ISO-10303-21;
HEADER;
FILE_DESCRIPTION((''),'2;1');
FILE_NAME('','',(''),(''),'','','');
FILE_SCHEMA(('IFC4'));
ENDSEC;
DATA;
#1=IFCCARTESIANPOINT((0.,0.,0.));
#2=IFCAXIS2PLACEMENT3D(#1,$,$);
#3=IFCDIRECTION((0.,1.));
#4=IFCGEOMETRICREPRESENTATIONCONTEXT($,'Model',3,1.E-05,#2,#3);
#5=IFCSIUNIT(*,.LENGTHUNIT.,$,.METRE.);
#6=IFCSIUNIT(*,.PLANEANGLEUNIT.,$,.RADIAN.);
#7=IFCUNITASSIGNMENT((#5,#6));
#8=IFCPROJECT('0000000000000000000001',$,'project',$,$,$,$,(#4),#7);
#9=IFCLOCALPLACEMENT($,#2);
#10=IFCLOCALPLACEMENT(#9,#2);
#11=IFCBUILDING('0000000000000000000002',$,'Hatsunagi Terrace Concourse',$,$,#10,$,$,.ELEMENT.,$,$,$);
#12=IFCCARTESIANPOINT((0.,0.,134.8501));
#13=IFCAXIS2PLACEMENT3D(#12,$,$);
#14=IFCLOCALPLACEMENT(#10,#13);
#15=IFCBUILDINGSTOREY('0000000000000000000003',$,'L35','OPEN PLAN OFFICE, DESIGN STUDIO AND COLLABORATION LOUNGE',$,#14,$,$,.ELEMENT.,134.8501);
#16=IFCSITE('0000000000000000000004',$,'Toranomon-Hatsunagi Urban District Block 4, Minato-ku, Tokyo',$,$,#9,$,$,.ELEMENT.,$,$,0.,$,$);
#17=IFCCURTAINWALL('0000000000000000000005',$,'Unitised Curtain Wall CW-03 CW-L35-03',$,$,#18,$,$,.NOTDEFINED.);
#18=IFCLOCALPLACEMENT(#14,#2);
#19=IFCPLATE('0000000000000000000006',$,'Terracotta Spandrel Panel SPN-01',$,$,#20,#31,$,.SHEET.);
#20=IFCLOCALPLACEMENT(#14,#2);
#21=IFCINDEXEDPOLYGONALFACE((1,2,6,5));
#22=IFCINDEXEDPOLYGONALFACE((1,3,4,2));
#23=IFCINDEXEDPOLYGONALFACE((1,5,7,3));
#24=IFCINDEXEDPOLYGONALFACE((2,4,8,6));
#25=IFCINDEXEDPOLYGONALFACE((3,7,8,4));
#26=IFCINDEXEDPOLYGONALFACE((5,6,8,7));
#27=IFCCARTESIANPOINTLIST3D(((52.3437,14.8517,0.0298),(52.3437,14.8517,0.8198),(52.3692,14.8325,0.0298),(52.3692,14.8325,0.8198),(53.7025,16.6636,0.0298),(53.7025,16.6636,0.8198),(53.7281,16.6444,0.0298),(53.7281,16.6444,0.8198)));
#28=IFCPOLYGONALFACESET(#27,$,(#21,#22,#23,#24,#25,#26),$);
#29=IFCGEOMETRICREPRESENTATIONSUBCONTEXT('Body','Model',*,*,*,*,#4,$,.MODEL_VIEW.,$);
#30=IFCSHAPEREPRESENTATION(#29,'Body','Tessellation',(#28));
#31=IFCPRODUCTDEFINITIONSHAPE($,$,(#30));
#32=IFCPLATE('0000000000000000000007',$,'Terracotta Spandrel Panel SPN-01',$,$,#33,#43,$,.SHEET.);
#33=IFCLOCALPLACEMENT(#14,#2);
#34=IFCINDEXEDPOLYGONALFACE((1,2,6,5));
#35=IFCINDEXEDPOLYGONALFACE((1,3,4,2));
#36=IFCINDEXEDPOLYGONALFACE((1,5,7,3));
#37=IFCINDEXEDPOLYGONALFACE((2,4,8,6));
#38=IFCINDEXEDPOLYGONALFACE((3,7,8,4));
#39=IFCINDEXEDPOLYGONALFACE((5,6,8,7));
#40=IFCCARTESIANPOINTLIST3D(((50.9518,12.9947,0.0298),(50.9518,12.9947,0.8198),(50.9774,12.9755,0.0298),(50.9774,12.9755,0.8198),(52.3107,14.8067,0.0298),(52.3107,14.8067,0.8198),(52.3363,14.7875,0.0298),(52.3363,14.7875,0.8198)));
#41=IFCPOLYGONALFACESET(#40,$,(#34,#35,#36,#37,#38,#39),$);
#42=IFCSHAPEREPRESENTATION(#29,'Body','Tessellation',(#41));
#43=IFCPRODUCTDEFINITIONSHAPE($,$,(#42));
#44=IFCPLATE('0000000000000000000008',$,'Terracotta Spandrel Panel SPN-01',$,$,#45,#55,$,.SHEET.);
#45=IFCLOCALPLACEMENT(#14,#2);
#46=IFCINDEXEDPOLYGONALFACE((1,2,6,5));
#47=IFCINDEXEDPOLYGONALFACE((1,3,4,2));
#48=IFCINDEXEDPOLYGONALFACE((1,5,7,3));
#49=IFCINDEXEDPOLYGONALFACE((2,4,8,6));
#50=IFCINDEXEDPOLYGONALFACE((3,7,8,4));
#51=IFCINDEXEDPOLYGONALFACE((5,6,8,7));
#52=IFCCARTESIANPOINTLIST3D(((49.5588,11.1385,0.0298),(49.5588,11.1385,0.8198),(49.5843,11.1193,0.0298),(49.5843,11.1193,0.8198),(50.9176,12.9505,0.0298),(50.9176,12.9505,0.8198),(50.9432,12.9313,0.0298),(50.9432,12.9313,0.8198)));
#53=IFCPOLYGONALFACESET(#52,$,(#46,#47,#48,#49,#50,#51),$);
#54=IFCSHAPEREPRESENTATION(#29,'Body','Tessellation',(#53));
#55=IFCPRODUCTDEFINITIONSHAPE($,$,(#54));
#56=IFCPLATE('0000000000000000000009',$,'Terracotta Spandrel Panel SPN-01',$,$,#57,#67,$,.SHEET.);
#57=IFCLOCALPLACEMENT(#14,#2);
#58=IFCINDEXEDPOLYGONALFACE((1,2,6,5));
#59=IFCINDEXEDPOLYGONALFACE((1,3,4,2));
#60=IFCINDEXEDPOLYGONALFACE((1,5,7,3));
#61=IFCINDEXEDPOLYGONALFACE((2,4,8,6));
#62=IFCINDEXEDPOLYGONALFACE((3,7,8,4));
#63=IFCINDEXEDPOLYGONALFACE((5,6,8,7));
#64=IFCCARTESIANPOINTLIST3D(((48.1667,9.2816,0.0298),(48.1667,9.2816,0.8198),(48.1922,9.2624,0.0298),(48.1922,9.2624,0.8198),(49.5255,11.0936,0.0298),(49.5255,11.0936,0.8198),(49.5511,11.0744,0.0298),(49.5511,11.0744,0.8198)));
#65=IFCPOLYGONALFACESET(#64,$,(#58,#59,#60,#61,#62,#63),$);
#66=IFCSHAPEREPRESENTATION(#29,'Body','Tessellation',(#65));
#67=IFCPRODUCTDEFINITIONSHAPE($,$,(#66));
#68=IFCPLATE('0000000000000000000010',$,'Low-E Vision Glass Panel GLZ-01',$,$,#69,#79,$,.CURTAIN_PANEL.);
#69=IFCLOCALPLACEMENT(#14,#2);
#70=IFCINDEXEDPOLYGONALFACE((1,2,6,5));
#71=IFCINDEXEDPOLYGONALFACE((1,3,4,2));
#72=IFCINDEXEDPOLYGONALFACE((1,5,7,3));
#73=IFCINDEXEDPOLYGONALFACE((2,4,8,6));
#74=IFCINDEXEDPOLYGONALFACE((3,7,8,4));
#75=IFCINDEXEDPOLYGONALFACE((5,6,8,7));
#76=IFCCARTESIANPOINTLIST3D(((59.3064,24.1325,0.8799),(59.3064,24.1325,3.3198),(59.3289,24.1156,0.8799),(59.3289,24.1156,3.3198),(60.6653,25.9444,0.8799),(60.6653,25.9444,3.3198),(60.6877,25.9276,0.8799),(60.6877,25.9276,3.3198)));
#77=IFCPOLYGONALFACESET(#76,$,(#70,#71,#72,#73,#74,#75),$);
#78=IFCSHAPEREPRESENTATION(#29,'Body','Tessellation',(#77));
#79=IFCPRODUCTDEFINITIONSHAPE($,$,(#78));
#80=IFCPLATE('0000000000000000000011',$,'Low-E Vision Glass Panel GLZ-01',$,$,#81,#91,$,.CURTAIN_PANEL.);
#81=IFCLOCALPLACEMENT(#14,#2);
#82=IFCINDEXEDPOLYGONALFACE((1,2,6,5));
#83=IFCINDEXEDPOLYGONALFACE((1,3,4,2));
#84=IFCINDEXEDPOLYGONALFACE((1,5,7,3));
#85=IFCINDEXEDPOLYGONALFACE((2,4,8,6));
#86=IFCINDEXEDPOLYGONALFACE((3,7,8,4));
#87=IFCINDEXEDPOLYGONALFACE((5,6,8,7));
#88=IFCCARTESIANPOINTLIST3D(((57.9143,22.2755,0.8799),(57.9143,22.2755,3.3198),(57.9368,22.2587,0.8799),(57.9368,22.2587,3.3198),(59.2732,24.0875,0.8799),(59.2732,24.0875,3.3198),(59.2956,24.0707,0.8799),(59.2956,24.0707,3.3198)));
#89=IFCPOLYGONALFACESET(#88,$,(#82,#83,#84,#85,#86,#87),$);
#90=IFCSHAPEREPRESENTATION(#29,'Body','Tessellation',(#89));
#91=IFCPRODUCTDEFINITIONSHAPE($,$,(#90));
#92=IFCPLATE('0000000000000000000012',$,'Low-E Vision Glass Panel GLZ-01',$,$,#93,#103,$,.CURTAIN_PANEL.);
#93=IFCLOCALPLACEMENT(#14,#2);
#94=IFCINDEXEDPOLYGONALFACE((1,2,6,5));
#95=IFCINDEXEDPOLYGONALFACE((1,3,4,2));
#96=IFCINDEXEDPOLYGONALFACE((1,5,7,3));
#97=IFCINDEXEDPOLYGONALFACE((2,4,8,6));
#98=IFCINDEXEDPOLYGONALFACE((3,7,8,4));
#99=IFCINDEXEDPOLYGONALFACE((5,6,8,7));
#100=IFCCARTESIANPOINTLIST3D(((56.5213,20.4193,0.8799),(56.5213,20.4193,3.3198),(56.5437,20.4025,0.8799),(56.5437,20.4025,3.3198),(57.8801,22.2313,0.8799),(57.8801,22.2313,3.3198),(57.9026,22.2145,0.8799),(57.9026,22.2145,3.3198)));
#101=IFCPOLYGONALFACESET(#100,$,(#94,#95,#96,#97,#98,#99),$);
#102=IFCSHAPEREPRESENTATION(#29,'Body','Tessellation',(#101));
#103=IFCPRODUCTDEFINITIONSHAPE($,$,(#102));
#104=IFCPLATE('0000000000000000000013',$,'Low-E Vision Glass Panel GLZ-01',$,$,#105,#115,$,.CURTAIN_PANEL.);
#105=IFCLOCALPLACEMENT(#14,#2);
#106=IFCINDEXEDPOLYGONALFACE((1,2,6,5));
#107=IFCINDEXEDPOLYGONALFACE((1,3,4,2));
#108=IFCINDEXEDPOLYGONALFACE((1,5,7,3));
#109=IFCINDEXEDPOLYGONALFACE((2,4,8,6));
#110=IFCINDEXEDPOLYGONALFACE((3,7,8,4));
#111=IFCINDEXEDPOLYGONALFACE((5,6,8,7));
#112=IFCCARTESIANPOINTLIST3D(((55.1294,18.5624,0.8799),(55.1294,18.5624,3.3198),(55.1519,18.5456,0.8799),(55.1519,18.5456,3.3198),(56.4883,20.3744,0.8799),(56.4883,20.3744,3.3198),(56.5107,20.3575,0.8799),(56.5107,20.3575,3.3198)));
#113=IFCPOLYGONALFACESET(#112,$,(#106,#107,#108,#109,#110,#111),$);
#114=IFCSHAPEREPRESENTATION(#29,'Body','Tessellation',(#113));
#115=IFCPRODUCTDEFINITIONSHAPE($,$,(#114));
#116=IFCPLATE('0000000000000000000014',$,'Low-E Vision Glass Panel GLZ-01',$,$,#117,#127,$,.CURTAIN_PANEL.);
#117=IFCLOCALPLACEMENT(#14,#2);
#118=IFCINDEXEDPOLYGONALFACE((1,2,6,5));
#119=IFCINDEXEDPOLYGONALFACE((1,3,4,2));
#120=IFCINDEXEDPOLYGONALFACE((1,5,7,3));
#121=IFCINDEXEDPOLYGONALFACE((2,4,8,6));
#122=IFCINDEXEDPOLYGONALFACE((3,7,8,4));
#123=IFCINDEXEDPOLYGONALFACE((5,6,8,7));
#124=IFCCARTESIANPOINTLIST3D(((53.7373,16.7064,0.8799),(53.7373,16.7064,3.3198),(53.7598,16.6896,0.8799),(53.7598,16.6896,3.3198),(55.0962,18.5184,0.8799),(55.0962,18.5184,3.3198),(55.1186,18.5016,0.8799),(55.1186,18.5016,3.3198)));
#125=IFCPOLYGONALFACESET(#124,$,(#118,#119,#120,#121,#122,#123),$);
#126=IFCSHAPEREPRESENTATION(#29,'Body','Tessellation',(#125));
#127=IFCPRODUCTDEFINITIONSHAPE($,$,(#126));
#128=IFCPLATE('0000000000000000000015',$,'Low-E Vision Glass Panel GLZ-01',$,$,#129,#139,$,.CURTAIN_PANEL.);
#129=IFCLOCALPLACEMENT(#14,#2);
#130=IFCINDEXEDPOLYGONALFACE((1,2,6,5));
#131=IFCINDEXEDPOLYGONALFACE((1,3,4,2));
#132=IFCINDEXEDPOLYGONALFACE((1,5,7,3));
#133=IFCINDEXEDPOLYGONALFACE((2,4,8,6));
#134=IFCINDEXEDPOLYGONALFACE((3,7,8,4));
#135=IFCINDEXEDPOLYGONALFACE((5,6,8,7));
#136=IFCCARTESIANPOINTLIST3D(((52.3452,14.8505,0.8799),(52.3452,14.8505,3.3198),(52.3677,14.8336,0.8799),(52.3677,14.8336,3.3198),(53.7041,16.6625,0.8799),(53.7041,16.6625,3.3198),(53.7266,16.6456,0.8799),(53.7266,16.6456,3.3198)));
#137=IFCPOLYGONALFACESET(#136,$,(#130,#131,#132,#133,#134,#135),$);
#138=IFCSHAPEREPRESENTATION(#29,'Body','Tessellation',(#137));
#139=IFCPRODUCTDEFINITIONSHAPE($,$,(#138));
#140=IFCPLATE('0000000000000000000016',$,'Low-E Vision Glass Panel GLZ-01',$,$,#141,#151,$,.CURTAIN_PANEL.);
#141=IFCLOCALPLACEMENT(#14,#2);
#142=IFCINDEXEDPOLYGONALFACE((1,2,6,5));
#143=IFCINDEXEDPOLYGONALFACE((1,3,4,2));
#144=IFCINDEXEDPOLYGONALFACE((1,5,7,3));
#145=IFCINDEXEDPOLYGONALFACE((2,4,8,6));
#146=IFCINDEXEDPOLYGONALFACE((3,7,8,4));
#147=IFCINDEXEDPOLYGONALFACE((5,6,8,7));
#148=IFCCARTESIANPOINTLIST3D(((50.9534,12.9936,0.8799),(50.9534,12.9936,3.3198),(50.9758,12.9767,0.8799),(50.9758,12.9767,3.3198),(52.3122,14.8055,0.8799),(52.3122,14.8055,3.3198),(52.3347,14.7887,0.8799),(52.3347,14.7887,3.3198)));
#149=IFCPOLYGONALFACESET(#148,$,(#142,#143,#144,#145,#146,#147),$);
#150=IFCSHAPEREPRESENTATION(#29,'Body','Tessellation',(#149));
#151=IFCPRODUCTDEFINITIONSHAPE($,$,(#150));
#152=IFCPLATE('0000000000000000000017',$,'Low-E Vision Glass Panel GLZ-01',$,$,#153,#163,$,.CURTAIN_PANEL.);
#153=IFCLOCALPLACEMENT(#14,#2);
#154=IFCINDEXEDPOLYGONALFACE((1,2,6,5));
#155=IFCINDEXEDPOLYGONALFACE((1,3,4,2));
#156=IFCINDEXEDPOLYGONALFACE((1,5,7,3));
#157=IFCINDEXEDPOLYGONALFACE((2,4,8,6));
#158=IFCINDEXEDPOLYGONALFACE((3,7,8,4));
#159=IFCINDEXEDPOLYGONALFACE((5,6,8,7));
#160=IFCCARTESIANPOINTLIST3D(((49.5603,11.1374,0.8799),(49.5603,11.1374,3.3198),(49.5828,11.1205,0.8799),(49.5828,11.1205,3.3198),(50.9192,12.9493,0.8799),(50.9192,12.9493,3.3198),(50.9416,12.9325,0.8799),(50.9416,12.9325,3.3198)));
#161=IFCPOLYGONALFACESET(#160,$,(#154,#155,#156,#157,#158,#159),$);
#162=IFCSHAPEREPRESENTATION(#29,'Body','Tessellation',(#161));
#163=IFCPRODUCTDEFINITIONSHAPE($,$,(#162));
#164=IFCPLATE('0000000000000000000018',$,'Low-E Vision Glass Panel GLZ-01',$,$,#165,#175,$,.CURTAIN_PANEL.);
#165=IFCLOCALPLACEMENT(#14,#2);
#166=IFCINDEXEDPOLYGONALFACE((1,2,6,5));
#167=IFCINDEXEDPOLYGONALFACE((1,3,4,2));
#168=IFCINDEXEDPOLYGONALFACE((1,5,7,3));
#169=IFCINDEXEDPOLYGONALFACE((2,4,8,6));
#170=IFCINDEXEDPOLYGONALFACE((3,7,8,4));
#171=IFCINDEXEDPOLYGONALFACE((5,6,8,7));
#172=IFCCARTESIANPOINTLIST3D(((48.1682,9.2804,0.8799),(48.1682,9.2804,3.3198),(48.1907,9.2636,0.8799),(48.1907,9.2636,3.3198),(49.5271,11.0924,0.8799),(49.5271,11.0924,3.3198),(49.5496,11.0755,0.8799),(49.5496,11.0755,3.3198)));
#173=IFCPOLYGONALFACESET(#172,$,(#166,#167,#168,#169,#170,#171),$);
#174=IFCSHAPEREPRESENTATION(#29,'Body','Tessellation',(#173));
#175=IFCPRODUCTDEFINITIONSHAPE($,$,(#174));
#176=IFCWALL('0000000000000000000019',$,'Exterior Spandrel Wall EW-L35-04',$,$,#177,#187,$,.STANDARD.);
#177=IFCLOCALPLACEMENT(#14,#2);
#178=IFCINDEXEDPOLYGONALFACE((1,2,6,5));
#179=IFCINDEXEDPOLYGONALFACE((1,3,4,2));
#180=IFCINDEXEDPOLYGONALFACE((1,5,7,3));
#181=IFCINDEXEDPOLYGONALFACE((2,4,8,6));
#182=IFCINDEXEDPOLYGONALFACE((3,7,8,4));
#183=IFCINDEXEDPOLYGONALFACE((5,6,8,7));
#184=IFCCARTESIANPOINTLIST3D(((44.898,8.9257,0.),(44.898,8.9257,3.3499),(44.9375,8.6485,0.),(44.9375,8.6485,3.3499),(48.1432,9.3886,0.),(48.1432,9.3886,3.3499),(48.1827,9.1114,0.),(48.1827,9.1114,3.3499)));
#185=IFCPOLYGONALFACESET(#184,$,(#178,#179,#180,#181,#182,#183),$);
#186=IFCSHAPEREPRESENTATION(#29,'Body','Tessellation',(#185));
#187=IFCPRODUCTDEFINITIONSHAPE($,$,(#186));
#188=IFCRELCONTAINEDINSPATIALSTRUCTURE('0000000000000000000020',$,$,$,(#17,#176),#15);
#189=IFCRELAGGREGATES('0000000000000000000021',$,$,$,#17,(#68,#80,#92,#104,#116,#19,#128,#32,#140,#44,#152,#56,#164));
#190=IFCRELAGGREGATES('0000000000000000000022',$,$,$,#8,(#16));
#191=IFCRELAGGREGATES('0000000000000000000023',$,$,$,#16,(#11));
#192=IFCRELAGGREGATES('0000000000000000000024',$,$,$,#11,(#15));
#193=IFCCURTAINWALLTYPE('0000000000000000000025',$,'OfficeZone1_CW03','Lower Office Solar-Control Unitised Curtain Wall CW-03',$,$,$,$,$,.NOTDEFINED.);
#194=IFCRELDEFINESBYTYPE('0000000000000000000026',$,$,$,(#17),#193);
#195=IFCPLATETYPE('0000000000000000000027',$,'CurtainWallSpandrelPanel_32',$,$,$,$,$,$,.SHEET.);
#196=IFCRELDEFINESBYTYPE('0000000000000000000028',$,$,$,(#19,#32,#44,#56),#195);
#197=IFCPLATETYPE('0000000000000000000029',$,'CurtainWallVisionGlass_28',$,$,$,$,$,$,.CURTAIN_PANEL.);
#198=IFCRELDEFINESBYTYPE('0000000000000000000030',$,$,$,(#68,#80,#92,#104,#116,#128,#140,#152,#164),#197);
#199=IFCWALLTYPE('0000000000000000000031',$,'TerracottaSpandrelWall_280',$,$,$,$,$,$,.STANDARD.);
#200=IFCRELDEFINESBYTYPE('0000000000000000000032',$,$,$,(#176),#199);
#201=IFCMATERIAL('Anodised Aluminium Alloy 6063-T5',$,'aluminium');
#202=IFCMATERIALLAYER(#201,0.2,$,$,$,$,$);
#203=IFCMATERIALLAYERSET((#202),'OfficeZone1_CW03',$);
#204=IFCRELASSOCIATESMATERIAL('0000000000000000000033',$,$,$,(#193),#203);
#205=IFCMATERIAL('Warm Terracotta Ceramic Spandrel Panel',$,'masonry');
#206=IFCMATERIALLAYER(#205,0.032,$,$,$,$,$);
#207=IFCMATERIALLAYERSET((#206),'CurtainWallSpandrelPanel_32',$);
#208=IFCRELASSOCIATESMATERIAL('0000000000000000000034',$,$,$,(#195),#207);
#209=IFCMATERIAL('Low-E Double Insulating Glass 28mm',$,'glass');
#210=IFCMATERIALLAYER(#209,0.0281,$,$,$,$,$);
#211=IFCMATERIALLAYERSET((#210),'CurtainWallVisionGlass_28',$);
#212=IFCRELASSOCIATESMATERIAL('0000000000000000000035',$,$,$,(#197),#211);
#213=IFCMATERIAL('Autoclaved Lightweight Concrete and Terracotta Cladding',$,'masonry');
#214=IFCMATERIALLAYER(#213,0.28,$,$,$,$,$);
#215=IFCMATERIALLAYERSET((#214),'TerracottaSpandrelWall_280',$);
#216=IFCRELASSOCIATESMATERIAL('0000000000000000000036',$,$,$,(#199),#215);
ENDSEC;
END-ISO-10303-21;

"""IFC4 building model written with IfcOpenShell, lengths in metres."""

from ifc_helpers import new_model, si_unit, direction, frame, frame_2d, origin, origin_2d, place, context, subcontext, project, spatial, rectangle, extrude, material, layer, layer_set, type_object, element, aggregate, save


model = new_model("IFC4")

# Units and contexts
model_context = context("Model", 3, precision=1e-05, world=origin(), true_north=direction((0.0, 1.0)))
body_context = subcontext(model_context, "Body", "Model", "MODEL_VIEW")
ifc_project = project(units=[si_unit("LENGTHUNIT", "METRE"), si_unit("PLANEANGLEUNIT", "RADIAN")], contexts=[model_context])

# Site, building, storey
site_placement = place(None, origin())
site = spatial("IfcSite", under=ifc_project, at=site_placement, Name="Toranomon-Hatsunagi Urban District Block 4, Minato-ku, Tokyo", CompositionType="ELEMENT", RefElevation=0.0)
building_placement = place(site_placement, origin())
building = spatial("IfcBuilding", under=site, at=building_placement, Name="Hatsunagi Terrace Concourse", CompositionType="ELEMENT")
storey_placement = place(building_placement, frame((0.0, 0.0, 134.8501)))
storey = spatial("IfcBuildingStorey", under=building, at=storey_placement, Name="L35", Description="OPEN PLAN OFFICE, DESIGN STUDIO AND COLLABORATION LOUNGE", CompositionType="ELEMENT", Elevation=134.8501)

# Curtain wall
ifc_material_1 = material(Name="Anodised Aluminium Alloy 6063-T5", Category="aluminium")
ifc_layer_1 = layer(ifc_material_1, 0.2)
ifc_layer_set_1 = layer_set([ifc_layer_1], Name="OfficeZone1_CW03")
curtain_wall_type = type_object("IfcCurtainWallType", Name="OfficeZone1_CW03", Description="Lower Office Solar-Control Unitised Curtain Wall CW-03", PredefinedType="NOTDEFINED", material=ifc_layer_set_1)
curtain_wall_placement = place(storey_placement, origin())
curtain_wall = element("IfcCurtainWall", 1, at=curtain_wall_placement, inside=storey, type_object=curtain_wall_type, Name="Unitised Curtain Wall CW-03 CW-L35-03", PredefinedType="NOTDEFINED")

# Plates
ifc_material_2 = material(Name="Warm Terracotta Ceramic Spandrel Panel", Category="masonry")
ifc_layer_2 = layer(ifc_material_2, 0.032)
ifc_layer_set_2 = layer_set([ifc_layer_2], Name="CurtainWallSpandrelPanel_32")
plate_type_1 = type_object("IfcPlateType", Name="CurtainWallSpandrelPanel_32", PredefinedType="SHEET", material=ifc_layer_set_2)
plate_1_placement = place(storey_placement, frame((53.0359, 15.748, 0.0298), z_axis=(0.0, 0.0, 1.0), x_axis=(-0.599969, -0.800023, 0.0)))
plate_1 = element("IfcPlate", 2, at=plate_1_placement, type_object=plate_type_1, Name="Terracotta Spandrel Panel SPN-01", PredefinedType="SHEET", context=body_context, shape_type="SweptSolid", body=[
    extrude(rectangle(XDim=2.2649, YDim=0.032, at=origin_2d()), origin(), (0.0, 0.0, 1.0), 0.79),
])
plate_2_placement = place(storey_placement, frame((51.644, 13.8911, 0.0298), z_axis=(0.0, 0.0, 1.0), x_axis=(-0.599969, -0.800023, 0.0)))
plate_2 = element("IfcPlate", 3, at=plate_2_placement, type_object=plate_type_1, Name="Terracotta Spandrel Panel SPN-01", PredefinedType="SHEET", context=body_context, shape_type="SweptSolid", body=[
    extrude(rectangle(XDim=2.2649, YDim=0.032, at=origin_2d()), origin(), (0.0, 0.0, 1.0), 0.79),
])
plate_3_placement = place(storey_placement, frame((50.251, 12.0349, 0.0298), z_axis=(0.0, 0.0, 1.0), x_axis=(-0.599969, -0.800023, 0.0)))
plate_3 = element("IfcPlate", 4, at=plate_3_placement, type_object=plate_type_1, Name="Terracotta Spandrel Panel SPN-01", PredefinedType="SHEET", context=body_context, shape_type="SweptSolid", body=[
    extrude(rectangle(XDim=2.2649, YDim=0.032, at=origin_2d()), origin(), (0.0, 0.0, 1.0), 0.79),
])
plate_4_placement = place(storey_placement, frame((48.8589, 10.178, 0.0298), z_axis=(0.0, 0.0, 1.0), x_axis=(-0.599969, -0.800023, 0.0)))
plate_4 = element("IfcPlate", 5, at=plate_4_placement, type_object=plate_type_1, Name="Terracotta Spandrel Panel SPN-01", PredefinedType="SHEET", context=body_context, shape_type="SweptSolid", body=[
    extrude(rectangle(XDim=2.2649, YDim=0.032, at=origin_2d()), origin(), (0.0, 0.0, 1.0), 0.79),
])
ifc_material_3 = material(Name="Low-E Double Insulating Glass 28mm", Category="glass")
ifc_layer_3 = layer(ifc_material_3, 0.0281)
ifc_layer_set_3 = layer_set([ifc_layer_3], Name="CurtainWallVisionGlass_28")
plate_type_2 = type_object("IfcPlateType", Name="CurtainWallVisionGlass_28", PredefinedType="CURTAIN_PANEL", material=ifc_layer_set_3)
plate_5_placement = place(storey_placement, frame((59.9971, 25.03, 0.8799), z_axis=(0.0, 0.0, 1.0), x_axis=(-0.599969, -0.800023, 0.0)))
plate_5 = element("IfcPlate", 6, at=plate_5_placement, type_object=plate_type_2, Name="Low-E Vision Glass Panel GLZ-01", PredefinedType="CURTAIN_PANEL", context=body_context, shape_type="SweptSolid", body=[
    extrude(rectangle(XDim=2.2649, YDim=0.0281, at=origin_2d()), origin(), (0.0, 0.0, 1.0), 2.4399),
])
plate_6_placement = place(storey_placement, frame((58.605, 23.1731, 0.8799), z_axis=(0.0, 0.0, 1.0), x_axis=(-0.599969, -0.800023, 0.0)))
plate_6 = element("IfcPlate", 7, at=plate_6_placement, type_object=plate_type_2, Name="Low-E Vision Glass Panel GLZ-01", PredefinedType="CURTAIN_PANEL", context=body_context, shape_type="SweptSolid", body=[
    extrude(rectangle(XDim=2.2649, YDim=0.0281, at=origin_2d()), origin(), (0.0, 0.0, 1.0), 2.4399),
])
plate_7_placement = place(storey_placement, frame((57.2119, 21.3169, 0.8799), z_axis=(0.0, 0.0, 1.0), x_axis=(-0.599969, -0.800023, 0.0)))
plate_7 = element("IfcPlate", 8, at=plate_7_placement, type_object=plate_type_2, Name="Low-E Vision Glass Panel GLZ-01", PredefinedType="CURTAIN_PANEL", context=body_context, shape_type="SweptSolid", body=[
    extrude(rectangle(XDim=2.2649, YDim=0.0281, at=origin_2d()), origin(), (0.0, 0.0, 1.0), 2.4399),
])
plate_8_placement = place(storey_placement, frame((55.8201, 19.46, 0.8799), z_axis=(0.0, 0.0, 1.0), x_axis=(-0.599969, -0.800023, 0.0)))
plate_8 = element("IfcPlate", 9, at=plate_8_placement, type_object=plate_type_2, Name="Low-E Vision Glass Panel GLZ-01", PredefinedType="CURTAIN_PANEL", context=body_context, shape_type="SweptSolid", body=[
    extrude(rectangle(XDim=2.2649, YDim=0.0281, at=origin_2d()), origin(), (0.0, 0.0, 1.0), 2.4399),
])
plate_9_placement = place(storey_placement, frame((54.428, 17.604, 0.8799), z_axis=(0.0, 0.0, 1.0), x_axis=(-0.599969, -0.800023, 0.0)))
plate_9 = element("IfcPlate", 10, at=plate_9_placement, type_object=plate_type_2, Name="Low-E Vision Glass Panel GLZ-01", PredefinedType="CURTAIN_PANEL", context=body_context, shape_type="SweptSolid", body=[
    extrude(rectangle(XDim=2.2649, YDim=0.0281, at=origin_2d()), origin(), (0.0, 0.0, 1.0), 2.4399),
])
plate_10_placement = place(storey_placement, frame((53.0359, 15.748, 0.8799), z_axis=(0.0, 0.0, 1.0), x_axis=(-0.599969, -0.800023, 0.0)))
plate_10 = element("IfcPlate", 11, at=plate_10_placement, type_object=plate_type_2, Name="Low-E Vision Glass Panel GLZ-01", PredefinedType="CURTAIN_PANEL", context=body_context, shape_type="SweptSolid", body=[
    extrude(rectangle(XDim=2.2649, YDim=0.0281, at=origin_2d()), origin(), (0.0, 0.0, 1.0), 2.4399),
])
plate_11_placement = place(storey_placement, frame((51.644, 13.8911, 0.8799), z_axis=(0.0, 0.0, 1.0), x_axis=(-0.599969, -0.800023, 0.0)))
plate_11 = element("IfcPlate", 12, at=plate_11_placement, type_object=plate_type_2, Name="Low-E Vision Glass Panel GLZ-01", PredefinedType="CURTAIN_PANEL", context=body_context, shape_type="SweptSolid", body=[
    extrude(rectangle(XDim=2.2649, YDim=0.0281, at=origin_2d()), origin(), (0.0, 0.0, 1.0), 2.4399),
])
plate_12_placement = place(storey_placement, frame((50.251, 12.0349, 0.8799), z_axis=(0.0, 0.0, 1.0), x_axis=(-0.599969, -0.800023, 0.0)))
plate_12 = element("IfcPlate", 13, at=plate_12_placement, type_object=plate_type_2, Name="Low-E Vision Glass Panel GLZ-01", PredefinedType="CURTAIN_PANEL", context=body_context, shape_type="SweptSolid", body=[
    extrude(rectangle(XDim=2.2649, YDim=0.0281, at=origin_2d()), origin(), (0.0, 0.0, 1.0), 2.4399),
])
plate_13_placement = place(storey_placement, frame((48.8589, 10.178, 0.8799), z_axis=(0.0, 0.0, 1.0), x_axis=(-0.599969, -0.800023, 0.0)))
plate_13 = element("IfcPlate", 14, at=plate_13_placement, type_object=plate_type_2, Name="Low-E Vision Glass Panel GLZ-01", PredefinedType="CURTAIN_PANEL", context=body_context, shape_type="SweptSolid", body=[
    extrude(rectangle(XDim=2.2649, YDim=0.0281, at=origin_2d()), origin(), (0.0, 0.0, 1.0), 2.4399),
])
aggregate(curtain_wall, [plate_5, plate_6, plate_7, plate_8, plate_9, plate_1, plate_10, plate_2, plate_11, plate_3, plate_12, plate_4, plate_13])

# Wall
ifc_material_4 = material(Name="Autoclaved Lightweight Concrete and Terracotta Cladding", Category="masonry")
ifc_layer_4 = layer(ifc_material_4, 0.28)
ifc_layer_set_4 = layer_set([ifc_layer_4], Name="TerracottaSpandrelWall_280")
wall_type = type_object("IfcWallType", Name="TerracottaSpandrelWall_280", PredefinedType="STANDARD", material=ifc_layer_set_4)
wall_placement = place(storey_placement, frame((48.1631, 9.25, 0.0), z_axis=(0.0, 0.0, 1.0), x_axis=(-0.989979, -0.141213, 0.0)))
element("IfcWall", 15, at=wall_placement, inside=storey, type_object=wall_type, Name="Exterior Spandrel Wall EW-L35-04", PredefinedType="STANDARD", context=body_context, shape_type="SweptSolid", body=[
    extrude(rectangle(XDim=3.2781, YDim=0.28, at=frame_2d((1.6392, 0.0))), origin(), (0.0, 0.0, 1.0), 3.3499),
])

save(model, "model.ifc")
